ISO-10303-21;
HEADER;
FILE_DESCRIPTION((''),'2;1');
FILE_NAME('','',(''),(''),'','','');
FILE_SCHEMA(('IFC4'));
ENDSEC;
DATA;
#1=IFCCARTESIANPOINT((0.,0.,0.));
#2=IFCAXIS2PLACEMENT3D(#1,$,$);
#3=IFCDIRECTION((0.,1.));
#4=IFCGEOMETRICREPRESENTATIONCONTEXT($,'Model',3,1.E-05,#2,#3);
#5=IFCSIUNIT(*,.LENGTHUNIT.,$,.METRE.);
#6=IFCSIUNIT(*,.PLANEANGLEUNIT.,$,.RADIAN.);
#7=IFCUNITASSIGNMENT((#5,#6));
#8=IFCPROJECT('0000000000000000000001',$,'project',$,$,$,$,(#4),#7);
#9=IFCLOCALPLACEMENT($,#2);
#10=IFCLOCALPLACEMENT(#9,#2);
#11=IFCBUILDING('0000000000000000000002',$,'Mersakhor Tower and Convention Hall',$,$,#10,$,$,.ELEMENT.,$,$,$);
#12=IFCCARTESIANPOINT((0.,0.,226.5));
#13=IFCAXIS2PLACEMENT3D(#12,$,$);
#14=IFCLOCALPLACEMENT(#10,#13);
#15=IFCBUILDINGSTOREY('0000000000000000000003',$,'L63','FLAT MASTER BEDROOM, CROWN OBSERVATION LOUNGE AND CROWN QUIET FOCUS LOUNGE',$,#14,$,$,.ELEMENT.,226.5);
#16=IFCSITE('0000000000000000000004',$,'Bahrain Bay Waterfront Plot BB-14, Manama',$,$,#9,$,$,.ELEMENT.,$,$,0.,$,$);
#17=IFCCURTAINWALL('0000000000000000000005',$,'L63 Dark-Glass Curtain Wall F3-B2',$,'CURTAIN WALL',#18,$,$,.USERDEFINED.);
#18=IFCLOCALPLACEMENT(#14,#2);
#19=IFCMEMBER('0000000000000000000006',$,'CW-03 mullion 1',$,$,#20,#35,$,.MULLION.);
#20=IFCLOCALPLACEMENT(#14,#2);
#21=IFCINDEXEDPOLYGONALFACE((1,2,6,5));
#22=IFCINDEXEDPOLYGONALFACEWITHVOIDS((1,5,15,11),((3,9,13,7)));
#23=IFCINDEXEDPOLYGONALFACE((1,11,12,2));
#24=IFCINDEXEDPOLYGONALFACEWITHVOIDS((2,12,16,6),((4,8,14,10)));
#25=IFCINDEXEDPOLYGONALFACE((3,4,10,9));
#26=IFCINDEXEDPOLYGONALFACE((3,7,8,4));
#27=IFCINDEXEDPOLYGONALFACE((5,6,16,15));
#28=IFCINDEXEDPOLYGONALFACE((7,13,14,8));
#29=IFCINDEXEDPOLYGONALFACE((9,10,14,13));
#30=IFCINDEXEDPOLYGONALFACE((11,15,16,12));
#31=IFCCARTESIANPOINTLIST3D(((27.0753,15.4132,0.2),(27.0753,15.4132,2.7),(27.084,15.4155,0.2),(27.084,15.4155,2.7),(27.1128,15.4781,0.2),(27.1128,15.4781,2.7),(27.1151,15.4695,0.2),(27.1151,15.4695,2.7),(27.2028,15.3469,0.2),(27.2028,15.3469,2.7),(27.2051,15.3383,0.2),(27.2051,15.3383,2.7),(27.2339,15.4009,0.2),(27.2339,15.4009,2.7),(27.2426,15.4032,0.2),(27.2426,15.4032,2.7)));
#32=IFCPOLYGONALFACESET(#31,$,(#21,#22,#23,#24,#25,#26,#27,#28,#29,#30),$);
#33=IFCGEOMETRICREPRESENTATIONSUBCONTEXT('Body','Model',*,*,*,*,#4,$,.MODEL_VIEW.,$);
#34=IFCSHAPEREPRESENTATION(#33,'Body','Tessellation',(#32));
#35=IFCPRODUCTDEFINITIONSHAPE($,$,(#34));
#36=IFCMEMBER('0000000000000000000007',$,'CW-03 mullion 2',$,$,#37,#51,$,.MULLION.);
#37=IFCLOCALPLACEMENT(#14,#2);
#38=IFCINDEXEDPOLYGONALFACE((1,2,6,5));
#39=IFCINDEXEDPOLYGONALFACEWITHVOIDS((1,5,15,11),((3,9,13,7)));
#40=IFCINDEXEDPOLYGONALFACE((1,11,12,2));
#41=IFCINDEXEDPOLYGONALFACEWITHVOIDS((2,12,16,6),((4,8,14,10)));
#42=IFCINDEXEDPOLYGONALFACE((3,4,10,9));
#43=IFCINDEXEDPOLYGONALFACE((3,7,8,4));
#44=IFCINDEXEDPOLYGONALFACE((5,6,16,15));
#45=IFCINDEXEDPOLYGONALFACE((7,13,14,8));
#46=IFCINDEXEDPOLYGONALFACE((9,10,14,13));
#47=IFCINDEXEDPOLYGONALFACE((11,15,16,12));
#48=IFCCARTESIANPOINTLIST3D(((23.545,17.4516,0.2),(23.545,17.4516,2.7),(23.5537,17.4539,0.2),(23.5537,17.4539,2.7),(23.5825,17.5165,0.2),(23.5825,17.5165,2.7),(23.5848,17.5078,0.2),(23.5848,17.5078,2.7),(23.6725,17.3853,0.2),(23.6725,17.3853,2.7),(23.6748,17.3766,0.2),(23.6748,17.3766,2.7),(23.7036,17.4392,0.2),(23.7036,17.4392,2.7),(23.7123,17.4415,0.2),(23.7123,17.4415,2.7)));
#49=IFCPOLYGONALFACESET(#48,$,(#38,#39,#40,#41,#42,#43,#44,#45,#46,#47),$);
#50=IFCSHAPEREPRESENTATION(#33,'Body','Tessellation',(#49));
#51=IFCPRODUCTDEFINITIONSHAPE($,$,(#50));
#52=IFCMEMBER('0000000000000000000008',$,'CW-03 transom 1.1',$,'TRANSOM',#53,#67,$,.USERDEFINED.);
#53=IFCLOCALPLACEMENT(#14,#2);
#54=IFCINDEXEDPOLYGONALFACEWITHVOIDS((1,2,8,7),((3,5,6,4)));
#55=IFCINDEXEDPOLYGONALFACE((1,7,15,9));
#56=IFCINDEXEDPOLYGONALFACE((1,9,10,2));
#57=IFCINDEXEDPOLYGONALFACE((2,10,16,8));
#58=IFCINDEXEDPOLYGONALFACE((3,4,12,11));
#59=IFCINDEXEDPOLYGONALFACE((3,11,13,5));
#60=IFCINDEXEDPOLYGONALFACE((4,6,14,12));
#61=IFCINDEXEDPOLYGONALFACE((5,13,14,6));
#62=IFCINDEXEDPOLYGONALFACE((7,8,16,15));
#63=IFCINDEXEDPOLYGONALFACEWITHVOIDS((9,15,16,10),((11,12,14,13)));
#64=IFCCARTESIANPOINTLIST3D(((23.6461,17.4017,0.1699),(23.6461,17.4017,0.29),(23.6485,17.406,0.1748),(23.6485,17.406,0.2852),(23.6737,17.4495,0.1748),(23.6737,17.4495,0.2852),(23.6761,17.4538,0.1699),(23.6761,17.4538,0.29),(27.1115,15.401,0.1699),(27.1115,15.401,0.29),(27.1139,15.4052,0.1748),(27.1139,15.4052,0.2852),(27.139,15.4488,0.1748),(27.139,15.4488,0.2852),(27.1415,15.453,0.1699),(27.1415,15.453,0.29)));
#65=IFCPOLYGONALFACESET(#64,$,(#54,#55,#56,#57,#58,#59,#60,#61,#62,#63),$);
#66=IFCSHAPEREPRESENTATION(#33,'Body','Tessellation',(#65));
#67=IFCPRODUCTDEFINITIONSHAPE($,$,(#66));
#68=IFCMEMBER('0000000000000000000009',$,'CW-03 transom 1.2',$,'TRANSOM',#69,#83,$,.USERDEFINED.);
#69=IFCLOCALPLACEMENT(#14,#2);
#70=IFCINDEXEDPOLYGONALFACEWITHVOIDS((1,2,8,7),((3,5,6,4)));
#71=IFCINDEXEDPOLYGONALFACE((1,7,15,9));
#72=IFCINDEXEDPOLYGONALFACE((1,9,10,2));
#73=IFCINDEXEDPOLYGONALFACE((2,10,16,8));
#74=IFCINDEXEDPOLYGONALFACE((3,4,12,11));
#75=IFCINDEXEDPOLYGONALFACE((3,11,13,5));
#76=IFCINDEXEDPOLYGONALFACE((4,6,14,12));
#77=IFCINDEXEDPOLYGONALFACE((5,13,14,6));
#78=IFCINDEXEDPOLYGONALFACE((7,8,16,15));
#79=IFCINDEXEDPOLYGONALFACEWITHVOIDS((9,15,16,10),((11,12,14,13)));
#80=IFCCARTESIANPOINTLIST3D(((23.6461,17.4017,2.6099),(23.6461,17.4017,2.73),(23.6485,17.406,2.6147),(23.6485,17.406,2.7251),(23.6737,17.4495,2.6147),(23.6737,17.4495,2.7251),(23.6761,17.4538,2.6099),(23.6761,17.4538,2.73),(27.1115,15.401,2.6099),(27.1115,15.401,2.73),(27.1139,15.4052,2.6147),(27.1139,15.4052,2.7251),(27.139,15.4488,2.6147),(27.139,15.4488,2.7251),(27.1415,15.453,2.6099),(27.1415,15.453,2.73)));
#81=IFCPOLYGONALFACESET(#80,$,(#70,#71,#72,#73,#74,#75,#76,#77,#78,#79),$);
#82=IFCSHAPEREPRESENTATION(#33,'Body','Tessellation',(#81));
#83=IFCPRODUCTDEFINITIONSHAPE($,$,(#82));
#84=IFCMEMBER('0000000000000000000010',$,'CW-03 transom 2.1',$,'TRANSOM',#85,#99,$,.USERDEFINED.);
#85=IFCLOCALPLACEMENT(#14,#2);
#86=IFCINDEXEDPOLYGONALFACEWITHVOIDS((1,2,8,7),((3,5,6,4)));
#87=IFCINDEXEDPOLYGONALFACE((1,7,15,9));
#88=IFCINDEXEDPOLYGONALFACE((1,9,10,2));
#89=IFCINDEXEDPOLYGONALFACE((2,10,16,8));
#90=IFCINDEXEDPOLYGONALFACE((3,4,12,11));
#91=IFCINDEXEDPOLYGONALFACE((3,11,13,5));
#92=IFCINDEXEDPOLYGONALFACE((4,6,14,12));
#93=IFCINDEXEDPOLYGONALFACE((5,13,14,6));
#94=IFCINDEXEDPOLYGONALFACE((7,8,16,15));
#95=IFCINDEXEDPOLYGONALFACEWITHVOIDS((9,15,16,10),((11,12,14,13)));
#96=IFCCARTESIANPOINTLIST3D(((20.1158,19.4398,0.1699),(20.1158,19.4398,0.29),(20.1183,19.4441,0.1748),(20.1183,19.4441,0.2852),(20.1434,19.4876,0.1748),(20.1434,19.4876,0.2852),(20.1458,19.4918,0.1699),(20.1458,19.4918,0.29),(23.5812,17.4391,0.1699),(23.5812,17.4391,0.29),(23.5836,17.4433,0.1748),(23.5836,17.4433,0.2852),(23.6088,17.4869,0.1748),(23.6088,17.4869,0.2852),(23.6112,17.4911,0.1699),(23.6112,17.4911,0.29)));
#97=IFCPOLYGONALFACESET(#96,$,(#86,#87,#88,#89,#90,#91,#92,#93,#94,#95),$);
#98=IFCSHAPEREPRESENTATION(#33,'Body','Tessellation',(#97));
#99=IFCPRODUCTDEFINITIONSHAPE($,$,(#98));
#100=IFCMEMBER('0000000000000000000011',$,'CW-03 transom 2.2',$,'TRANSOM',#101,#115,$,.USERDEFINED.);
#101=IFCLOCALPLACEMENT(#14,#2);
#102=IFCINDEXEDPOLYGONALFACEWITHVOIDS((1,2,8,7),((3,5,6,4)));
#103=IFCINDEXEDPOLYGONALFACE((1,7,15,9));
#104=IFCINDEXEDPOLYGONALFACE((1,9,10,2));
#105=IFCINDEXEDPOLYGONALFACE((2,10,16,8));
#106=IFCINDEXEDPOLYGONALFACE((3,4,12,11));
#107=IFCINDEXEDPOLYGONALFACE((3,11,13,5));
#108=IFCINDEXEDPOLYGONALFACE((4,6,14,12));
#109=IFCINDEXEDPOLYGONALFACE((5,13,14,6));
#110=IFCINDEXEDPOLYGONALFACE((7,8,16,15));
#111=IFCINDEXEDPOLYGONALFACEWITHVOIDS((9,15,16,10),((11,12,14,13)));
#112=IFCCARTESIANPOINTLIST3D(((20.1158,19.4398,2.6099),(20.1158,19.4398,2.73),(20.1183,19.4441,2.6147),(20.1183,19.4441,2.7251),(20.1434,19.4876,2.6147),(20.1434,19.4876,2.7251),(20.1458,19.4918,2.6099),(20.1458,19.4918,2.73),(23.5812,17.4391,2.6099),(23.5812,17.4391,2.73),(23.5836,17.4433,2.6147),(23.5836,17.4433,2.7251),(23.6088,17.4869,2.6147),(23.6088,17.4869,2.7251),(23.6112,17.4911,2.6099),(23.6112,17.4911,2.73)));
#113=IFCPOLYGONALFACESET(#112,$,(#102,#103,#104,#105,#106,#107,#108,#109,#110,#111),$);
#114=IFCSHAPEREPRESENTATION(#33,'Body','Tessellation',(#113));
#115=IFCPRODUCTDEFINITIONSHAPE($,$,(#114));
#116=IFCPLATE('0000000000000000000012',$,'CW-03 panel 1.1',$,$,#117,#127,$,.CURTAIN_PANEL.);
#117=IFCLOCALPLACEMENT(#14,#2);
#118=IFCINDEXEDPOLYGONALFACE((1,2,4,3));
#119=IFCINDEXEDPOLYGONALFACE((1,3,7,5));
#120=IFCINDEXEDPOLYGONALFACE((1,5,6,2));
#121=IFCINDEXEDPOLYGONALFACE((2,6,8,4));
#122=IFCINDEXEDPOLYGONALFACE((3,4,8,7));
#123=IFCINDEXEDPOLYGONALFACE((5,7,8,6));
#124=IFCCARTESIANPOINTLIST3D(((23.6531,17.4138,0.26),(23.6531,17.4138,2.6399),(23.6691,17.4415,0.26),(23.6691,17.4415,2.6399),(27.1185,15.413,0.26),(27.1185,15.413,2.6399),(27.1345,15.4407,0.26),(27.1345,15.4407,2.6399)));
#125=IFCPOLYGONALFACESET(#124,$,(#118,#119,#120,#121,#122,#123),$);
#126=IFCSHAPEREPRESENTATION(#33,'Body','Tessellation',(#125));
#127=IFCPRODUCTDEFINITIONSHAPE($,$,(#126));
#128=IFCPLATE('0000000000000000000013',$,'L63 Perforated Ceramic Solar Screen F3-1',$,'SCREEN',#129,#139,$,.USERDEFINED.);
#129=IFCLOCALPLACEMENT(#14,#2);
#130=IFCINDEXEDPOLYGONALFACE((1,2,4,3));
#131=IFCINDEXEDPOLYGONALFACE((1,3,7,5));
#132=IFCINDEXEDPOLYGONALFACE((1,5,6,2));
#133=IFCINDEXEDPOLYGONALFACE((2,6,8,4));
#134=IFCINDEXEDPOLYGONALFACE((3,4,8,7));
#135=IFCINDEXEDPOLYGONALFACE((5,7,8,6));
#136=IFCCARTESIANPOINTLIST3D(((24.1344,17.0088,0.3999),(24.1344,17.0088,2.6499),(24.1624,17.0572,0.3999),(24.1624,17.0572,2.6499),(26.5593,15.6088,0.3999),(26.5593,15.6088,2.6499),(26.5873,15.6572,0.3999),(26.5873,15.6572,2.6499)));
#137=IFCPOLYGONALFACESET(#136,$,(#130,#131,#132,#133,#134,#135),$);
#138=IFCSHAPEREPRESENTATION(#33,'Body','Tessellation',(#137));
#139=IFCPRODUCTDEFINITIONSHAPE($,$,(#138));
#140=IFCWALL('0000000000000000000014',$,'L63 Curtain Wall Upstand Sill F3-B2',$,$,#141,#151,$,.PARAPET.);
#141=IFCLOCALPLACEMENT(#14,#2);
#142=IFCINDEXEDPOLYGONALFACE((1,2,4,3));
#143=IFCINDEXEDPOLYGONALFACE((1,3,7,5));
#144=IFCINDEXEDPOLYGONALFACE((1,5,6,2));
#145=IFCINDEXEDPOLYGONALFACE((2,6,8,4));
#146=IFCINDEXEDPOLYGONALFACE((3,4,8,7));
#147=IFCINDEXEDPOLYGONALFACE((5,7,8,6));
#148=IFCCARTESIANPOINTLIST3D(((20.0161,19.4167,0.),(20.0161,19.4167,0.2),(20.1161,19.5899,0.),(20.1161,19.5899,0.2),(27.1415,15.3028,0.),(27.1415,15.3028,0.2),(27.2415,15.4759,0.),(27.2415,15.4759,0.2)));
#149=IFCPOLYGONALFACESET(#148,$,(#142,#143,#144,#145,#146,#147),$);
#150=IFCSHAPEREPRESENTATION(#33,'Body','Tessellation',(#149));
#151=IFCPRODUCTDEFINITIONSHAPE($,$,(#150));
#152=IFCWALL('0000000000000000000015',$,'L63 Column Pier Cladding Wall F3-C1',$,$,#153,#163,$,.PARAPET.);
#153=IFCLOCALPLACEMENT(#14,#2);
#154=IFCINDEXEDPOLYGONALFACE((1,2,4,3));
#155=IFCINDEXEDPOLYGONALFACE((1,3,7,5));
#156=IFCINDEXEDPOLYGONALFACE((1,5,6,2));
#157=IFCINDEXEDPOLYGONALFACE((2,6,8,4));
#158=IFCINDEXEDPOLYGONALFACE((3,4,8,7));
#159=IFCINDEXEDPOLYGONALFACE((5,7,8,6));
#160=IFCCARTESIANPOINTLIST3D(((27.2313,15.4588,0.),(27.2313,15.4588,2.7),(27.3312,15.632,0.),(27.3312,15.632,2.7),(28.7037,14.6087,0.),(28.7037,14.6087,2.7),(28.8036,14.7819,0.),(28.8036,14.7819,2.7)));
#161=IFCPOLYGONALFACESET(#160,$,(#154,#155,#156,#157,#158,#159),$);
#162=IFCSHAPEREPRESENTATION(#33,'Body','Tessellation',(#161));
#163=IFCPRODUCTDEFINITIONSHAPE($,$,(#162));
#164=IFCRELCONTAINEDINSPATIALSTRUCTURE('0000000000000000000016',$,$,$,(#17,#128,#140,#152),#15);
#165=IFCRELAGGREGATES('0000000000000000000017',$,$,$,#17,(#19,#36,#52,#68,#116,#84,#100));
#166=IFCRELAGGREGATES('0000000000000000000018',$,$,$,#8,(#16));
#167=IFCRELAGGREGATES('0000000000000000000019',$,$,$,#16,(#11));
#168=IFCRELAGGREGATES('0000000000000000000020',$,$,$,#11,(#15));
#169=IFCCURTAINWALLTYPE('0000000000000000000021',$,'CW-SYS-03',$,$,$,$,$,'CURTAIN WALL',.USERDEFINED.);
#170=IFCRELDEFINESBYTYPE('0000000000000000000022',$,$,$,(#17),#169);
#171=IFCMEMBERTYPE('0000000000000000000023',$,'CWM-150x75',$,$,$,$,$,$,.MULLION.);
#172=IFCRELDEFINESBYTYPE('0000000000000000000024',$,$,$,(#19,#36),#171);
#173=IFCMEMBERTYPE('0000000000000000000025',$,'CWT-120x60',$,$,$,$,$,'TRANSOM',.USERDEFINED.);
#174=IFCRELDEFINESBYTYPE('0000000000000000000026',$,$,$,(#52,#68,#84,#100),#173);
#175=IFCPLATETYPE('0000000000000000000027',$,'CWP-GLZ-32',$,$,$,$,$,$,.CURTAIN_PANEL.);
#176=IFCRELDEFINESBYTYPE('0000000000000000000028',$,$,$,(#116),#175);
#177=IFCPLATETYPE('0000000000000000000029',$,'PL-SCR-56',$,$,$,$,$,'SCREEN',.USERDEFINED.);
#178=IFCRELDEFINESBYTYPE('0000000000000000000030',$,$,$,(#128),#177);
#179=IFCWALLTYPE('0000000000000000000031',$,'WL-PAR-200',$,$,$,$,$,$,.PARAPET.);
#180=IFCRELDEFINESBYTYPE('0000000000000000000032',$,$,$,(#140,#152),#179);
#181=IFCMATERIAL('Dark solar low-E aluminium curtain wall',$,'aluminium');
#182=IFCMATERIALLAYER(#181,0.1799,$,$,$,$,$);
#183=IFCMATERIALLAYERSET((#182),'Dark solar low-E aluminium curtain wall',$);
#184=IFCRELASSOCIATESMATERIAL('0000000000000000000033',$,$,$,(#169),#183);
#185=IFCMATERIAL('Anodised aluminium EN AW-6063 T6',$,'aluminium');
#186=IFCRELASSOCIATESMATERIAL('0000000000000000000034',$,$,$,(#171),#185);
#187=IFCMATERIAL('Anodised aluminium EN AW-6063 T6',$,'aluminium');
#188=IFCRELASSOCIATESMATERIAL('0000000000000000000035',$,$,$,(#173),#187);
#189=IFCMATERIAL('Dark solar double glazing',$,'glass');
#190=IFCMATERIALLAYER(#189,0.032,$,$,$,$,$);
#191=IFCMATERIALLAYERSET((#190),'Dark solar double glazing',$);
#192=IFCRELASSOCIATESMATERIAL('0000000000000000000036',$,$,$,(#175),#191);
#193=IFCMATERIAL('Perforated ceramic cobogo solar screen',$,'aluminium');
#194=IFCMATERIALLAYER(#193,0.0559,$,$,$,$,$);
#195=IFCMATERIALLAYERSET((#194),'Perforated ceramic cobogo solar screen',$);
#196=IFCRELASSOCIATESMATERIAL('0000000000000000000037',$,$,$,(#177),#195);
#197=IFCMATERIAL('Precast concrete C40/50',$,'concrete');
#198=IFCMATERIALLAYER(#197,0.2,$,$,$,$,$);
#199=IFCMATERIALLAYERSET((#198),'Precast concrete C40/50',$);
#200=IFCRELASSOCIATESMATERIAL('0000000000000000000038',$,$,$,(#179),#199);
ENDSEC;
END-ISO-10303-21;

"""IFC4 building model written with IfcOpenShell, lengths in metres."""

from ifc_helpers import new_model, si_unit, direction, frame, frame_2d, origin, origin_2d, place, context, subcontext, project, spatial, rectangle, hollow_rectangle, extrude, material, layer, layer_set, material_profile, profile_set, type_object, element, aggregate, save


model = new_model("IFC4")

# Units and contexts
model_context = context("Model", 3, precision=1e-05, world=origin(), true_north=direction((0.0, 1.0)))
body_context = subcontext(model_context, "Body", "Model", "MODEL_VIEW")
ifc_project = project(units=[si_unit("LENGTHUNIT", "METRE"), si_unit("PLANEANGLEUNIT", "RADIAN")], contexts=[model_context])

# Site, building, storey
site_placement = place(None, origin())
site = spatial("IfcSite", under=ifc_project, at=site_placement, Name="Bahrain Bay Waterfront Plot BB-14, Manama", CompositionType="ELEMENT", RefElevation=0.0)
building_placement = place(site_placement, origin())
building = spatial("IfcBuilding", under=site, at=building_placement, Name="Mersakhor Tower and Convention Hall", CompositionType="ELEMENT")
storey_placement = place(building_placement, frame((0.0, 0.0, 226.5)))
storey = spatial("IfcBuildingStorey", under=building, at=storey_placement, Name="L63", Description="FLAT MASTER BEDROOM, CROWN OBSERVATION LOUNGE AND CROWN QUIET FOCUS LOUNGE", CompositionType="ELEMENT", Elevation=226.5)

# Curtain wall, members, plate
ifc_material_1 = material(Name="Dark solar low-E aluminium curtain wall", Category="aluminium")
ifc_layer_1 = layer(ifc_material_1, 0.1799)
ifc_layer_set_1 = layer_set([ifc_layer_1], Name="Dark solar low-E aluminium curtain wall")
curtain_wall_type = type_object("IfcCurtainWallType", Name="CW-SYS-03", ElementType="CURTAIN WALL", PredefinedType="USERDEFINED", material=ifc_layer_set_1)
curtain_wall_placement = place(storey_placement, origin())
curtain_wall = element("IfcCurtainWall", 1, at=curtain_wall_placement, inside=storey, type_object=curtain_wall_type, Name="L63 Dark-Glass Curtain Wall F3-B2", ObjectType="CURTAIN WALL", PredefinedType="USERDEFINED")
ifc_material_2 = material(Name="Anodised aluminium EN AW-6063 T6", Category="aluminium")
ifc_material_profile_1 = material_profile(ifc_material_2, hollow_rectangle(XDim=0.075, YDim=0.1499, WallThickness=0.0063, at=origin_2d()), Name="RHS 150x75x6.3")
ifc_profile_set_1 = profile_set([ifc_material_profile_1], Name="Anodised aluminium EN AW-6063 T6")
member_type_1 = type_object("IfcMemberType", Name="CWM-150x75", PredefinedType="MULLION", material=ifc_profile_set_1)
member_1_placement = place(storey_placement, frame((27.1589, 15.4082, 0.2), z_axis=(0.0, 0.0, 1.0), x_axis=(-0.500004, -0.866023, 0.0)))
member_1 = element("IfcMember", 2, at=member_1_placement, type_object=member_type_1, Name="CW-03 mullion 1", PredefinedType="MULLION", context=body_context, shape_type="SweptSolid", body=[
    extrude(hollow_rectangle(XDim=0.075, YDim=0.1499, WallThickness=0.0063, at=origin_2d()), origin(), (0.0, 0.0, 1.0), 2.5),
])
member_2_placement = place(storey_placement, frame((23.6287, 17.4465, 0.2), z_axis=(0.0, 0.0, 1.0), x_axis=(-0.500004, -0.866023, 0.0)))
member_2 = element("IfcMember", 3, at=member_2_placement, type_object=member_type_1, Name="CW-03 mullion 2", PredefinedType="MULLION", context=body_context, shape_type="SweptSolid", body=[
    extrude(hollow_rectangle(XDim=0.075, YDim=0.1499, WallThickness=0.0063, at=origin_2d()), origin(), (0.0, 0.0, 1.0), 2.5),
])
ifc_material_3 = material(Name="Anodised aluminium EN AW-6063 T6", Category="aluminium")
ifc_material_profile_2 = material_profile(ifc_material_3, hollow_rectangle(XDim=0.0601, YDim=0.1201, WallThickness=0.0049, at=origin_2d()), Name="RHS 120x60x5")
ifc_profile_set_2 = profile_set([ifc_material_profile_2], Name="Anodised aluminium EN AW-6063 T6")
member_type_2 = type_object("IfcMemberType", Name="CWT-120x60", ElementType="TRANSOM", PredefinedType="USERDEFINED", material=ifc_profile_set_2)
member_3_placement = place(storey_placement, frame((27.1265, 15.427, 0.23), z_axis=(-0.866023, 0.500004, 0.0), x_axis=(-0.500004, -0.866023, 0.0)))
member_3 = element("IfcMember", 4, at=member_3_placement, type_object=member_type_2, Name="CW-03 transom 1.1", ObjectType="TRANSOM", PredefinedType="USERDEFINED", context=body_context, shape_type="SweptSolid", body=[
    extrude(hollow_rectangle(XDim=0.0601, YDim=0.1201, WallThickness=0.0049, at=origin_2d()), origin(), (0.0, 0.0, 1.0), 4.0015),
])
member_4_placement = place(storey_placement, frame((27.1265, 15.427, 2.6699), z_axis=(-0.866023, 0.500004, 0.0), x_axis=(-0.500004, -0.866023, 0.0)))
member_4 = element("IfcMember", 5, at=member_4_placement, type_object=member_type_2, Name="CW-03 transom 1.2", ObjectType="TRANSOM", PredefinedType="USERDEFINED", context=body_context, shape_type="SweptSolid", body=[
    extrude(hollow_rectangle(XDim=0.0601, YDim=0.1201, WallThickness=0.0049, at=origin_2d()), origin(), (0.0, 0.0, 1.0), 4.0015),
])
member_5_placement = place(storey_placement, frame((23.5962, 17.4651, 0.23), z_axis=(-0.866023, 0.500004, 0.0), x_axis=(-0.500004, -0.866023, 0.0)))
member_5 = element("IfcMember", 6, at=member_5_placement, type_object=member_type_2, Name="CW-03 transom 2.1", ObjectType="TRANSOM", PredefinedType="USERDEFINED", context=body_context, shape_type="SweptSolid", body=[
    extrude(hollow_rectangle(XDim=0.0601, YDim=0.1201, WallThickness=0.0049, at=origin_2d()), origin(), (0.0, 0.0, 1.0), 4.0015),
])
member_6_placement = place(storey_placement, frame((23.5962, 17.4651, 2.6699), z_axis=(-0.866023, 0.500004, 0.0), x_axis=(-0.500004, -0.866023, 0.0)))
member_6 = element("IfcMember", 7, at=member_6_placement, type_object=member_type_2, Name="CW-03 transom 2.2", ObjectType="TRANSOM", PredefinedType="USERDEFINED", context=body_context, shape_type="SweptSolid", body=[
    extrude(hollow_rectangle(XDim=0.0601, YDim=0.1201, WallThickness=0.0049, at=origin_2d()), origin(), (0.0, 0.0, 1.0), 4.0015),
])
ifc_material_4 = material(Name="Dark solar double glazing", Category="glass")
ifc_layer_2 = layer(ifc_material_4, 0.032)
ifc_layer_set_2 = layer_set([ifc_layer_2], Name="Dark solar double glazing")
plate_type_1 = type_object("IfcPlateType", Name="CWP-GLZ-32", PredefinedType="CURTAIN_PANEL", material=ifc_layer_set_2)
plate_1_placement = place(storey_placement, frame((25.3938, 16.4272, 0.26), z_axis=(0.0, 0.0, 1.0), x_axis=(-0.866023, 0.500004, 0.0)))
plate_1 = element("IfcPlate", 8, at=plate_1_placement, type_object=plate_type_1, Name="CW-03 panel 1.1", PredefinedType="CURTAIN_PANEL", context=body_context, shape_type="SweptSolid", body=[
    extrude(rectangle(XDim=4.0015, YDim=0.032, at=origin_2d()), origin(), (0.0, 0.0, 1.0), 2.3799),
])
aggregate(curtain_wall, [member_1, member_2, member_3, member_4, plate_1, member_5, member_6])

# Plate
ifc_material_5 = material(Name="Perforated ceramic cobogo solar screen", Category="aluminium")
ifc_layer_3 = layer(ifc_material_5, 0.0559)
ifc_layer_set_3 = layer_set([ifc_layer_3], Name="Perforated ceramic cobogo solar screen")
plate_type_2 = type_object("IfcPlateType", Name="PL-SCR-56", ElementType="SCREEN", PredefinedType="USERDEFINED", material=ifc_layer_set_3)
plate_2_placement = place(storey_placement, frame((25.3608, 16.333, 0.3999), z_axis=(0.0, 0.0, 1.0), x_axis=(-0.866025, 0.5, 0.0)))
element("IfcPlate", 9, at=plate_2_placement, inside=storey, type_object=plate_type_2, Name="L63 Perforated Ceramic Solar Screen F3-1", ObjectType="SCREEN", PredefinedType="USERDEFINED", context=body_context, shape_type="SweptSolid", body=[
    extrude(rectangle(XDim=2.8, YDim=0.0559, at=origin_2d()), origin(), (0.0, 0.0, 1.0), 2.25),
])

# Walls
ifc_material_6 = material(Name="Precast concrete C40/50", Category="concrete")
ifc_layer_4 = layer(ifc_material_6, 0.2)
ifc_layer_set_4 = layer_set([ifc_layer_4], Name="Precast concrete C40/50")
wall_type_1 = type_object("IfcWallType", Name="WL-PAR-200", PredefinedType="PARAPET", material=ifc_layer_set_4)
wall_1_placement = place(storey_placement, frame((27.1914, 15.3894, 0.0), z_axis=(0.0, 0.0, 1.0), x_axis=(-0.86602, 0.50001, 0.0)))
element("IfcWall", 10, at=wall_1_placement, inside=storey, type_object=wall_type_1, Name="L63 Curtain Wall Upstand Sill F3-B2", PredefinedType="PARAPET", context=body_context, shape_type="SweptSolid", body=[
    extrude(rectangle(XDim=8.2278, YDim=0.2, at=frame_2d((4.1138, 0.0))), origin(), (0.0, 0.0, 1.0), 0.2),
])
wall_2_placement = place(storey_placement, frame((28.7537, 14.6953, 0.0), z_axis=(0.0, 0.0, 1.0), x_axis=(-0.866025, 0.5, 0.0)))
element("IfcWall", 11, at=wall_2_placement, inside=storey, type_object=wall_type_1, Name="L63 Column Pier Cladding Wall F3-C1", PredefinedType="PARAPET", context=body_context, shape_type="SweptSolid", body=[
    extrude(rectangle(XDim=1.7002, YDim=0.2, at=frame_2d((0.8501, 0.0))), origin(), (0.0, 0.0, 1.0), 2.7),
])

save(model, "model.ifc")
